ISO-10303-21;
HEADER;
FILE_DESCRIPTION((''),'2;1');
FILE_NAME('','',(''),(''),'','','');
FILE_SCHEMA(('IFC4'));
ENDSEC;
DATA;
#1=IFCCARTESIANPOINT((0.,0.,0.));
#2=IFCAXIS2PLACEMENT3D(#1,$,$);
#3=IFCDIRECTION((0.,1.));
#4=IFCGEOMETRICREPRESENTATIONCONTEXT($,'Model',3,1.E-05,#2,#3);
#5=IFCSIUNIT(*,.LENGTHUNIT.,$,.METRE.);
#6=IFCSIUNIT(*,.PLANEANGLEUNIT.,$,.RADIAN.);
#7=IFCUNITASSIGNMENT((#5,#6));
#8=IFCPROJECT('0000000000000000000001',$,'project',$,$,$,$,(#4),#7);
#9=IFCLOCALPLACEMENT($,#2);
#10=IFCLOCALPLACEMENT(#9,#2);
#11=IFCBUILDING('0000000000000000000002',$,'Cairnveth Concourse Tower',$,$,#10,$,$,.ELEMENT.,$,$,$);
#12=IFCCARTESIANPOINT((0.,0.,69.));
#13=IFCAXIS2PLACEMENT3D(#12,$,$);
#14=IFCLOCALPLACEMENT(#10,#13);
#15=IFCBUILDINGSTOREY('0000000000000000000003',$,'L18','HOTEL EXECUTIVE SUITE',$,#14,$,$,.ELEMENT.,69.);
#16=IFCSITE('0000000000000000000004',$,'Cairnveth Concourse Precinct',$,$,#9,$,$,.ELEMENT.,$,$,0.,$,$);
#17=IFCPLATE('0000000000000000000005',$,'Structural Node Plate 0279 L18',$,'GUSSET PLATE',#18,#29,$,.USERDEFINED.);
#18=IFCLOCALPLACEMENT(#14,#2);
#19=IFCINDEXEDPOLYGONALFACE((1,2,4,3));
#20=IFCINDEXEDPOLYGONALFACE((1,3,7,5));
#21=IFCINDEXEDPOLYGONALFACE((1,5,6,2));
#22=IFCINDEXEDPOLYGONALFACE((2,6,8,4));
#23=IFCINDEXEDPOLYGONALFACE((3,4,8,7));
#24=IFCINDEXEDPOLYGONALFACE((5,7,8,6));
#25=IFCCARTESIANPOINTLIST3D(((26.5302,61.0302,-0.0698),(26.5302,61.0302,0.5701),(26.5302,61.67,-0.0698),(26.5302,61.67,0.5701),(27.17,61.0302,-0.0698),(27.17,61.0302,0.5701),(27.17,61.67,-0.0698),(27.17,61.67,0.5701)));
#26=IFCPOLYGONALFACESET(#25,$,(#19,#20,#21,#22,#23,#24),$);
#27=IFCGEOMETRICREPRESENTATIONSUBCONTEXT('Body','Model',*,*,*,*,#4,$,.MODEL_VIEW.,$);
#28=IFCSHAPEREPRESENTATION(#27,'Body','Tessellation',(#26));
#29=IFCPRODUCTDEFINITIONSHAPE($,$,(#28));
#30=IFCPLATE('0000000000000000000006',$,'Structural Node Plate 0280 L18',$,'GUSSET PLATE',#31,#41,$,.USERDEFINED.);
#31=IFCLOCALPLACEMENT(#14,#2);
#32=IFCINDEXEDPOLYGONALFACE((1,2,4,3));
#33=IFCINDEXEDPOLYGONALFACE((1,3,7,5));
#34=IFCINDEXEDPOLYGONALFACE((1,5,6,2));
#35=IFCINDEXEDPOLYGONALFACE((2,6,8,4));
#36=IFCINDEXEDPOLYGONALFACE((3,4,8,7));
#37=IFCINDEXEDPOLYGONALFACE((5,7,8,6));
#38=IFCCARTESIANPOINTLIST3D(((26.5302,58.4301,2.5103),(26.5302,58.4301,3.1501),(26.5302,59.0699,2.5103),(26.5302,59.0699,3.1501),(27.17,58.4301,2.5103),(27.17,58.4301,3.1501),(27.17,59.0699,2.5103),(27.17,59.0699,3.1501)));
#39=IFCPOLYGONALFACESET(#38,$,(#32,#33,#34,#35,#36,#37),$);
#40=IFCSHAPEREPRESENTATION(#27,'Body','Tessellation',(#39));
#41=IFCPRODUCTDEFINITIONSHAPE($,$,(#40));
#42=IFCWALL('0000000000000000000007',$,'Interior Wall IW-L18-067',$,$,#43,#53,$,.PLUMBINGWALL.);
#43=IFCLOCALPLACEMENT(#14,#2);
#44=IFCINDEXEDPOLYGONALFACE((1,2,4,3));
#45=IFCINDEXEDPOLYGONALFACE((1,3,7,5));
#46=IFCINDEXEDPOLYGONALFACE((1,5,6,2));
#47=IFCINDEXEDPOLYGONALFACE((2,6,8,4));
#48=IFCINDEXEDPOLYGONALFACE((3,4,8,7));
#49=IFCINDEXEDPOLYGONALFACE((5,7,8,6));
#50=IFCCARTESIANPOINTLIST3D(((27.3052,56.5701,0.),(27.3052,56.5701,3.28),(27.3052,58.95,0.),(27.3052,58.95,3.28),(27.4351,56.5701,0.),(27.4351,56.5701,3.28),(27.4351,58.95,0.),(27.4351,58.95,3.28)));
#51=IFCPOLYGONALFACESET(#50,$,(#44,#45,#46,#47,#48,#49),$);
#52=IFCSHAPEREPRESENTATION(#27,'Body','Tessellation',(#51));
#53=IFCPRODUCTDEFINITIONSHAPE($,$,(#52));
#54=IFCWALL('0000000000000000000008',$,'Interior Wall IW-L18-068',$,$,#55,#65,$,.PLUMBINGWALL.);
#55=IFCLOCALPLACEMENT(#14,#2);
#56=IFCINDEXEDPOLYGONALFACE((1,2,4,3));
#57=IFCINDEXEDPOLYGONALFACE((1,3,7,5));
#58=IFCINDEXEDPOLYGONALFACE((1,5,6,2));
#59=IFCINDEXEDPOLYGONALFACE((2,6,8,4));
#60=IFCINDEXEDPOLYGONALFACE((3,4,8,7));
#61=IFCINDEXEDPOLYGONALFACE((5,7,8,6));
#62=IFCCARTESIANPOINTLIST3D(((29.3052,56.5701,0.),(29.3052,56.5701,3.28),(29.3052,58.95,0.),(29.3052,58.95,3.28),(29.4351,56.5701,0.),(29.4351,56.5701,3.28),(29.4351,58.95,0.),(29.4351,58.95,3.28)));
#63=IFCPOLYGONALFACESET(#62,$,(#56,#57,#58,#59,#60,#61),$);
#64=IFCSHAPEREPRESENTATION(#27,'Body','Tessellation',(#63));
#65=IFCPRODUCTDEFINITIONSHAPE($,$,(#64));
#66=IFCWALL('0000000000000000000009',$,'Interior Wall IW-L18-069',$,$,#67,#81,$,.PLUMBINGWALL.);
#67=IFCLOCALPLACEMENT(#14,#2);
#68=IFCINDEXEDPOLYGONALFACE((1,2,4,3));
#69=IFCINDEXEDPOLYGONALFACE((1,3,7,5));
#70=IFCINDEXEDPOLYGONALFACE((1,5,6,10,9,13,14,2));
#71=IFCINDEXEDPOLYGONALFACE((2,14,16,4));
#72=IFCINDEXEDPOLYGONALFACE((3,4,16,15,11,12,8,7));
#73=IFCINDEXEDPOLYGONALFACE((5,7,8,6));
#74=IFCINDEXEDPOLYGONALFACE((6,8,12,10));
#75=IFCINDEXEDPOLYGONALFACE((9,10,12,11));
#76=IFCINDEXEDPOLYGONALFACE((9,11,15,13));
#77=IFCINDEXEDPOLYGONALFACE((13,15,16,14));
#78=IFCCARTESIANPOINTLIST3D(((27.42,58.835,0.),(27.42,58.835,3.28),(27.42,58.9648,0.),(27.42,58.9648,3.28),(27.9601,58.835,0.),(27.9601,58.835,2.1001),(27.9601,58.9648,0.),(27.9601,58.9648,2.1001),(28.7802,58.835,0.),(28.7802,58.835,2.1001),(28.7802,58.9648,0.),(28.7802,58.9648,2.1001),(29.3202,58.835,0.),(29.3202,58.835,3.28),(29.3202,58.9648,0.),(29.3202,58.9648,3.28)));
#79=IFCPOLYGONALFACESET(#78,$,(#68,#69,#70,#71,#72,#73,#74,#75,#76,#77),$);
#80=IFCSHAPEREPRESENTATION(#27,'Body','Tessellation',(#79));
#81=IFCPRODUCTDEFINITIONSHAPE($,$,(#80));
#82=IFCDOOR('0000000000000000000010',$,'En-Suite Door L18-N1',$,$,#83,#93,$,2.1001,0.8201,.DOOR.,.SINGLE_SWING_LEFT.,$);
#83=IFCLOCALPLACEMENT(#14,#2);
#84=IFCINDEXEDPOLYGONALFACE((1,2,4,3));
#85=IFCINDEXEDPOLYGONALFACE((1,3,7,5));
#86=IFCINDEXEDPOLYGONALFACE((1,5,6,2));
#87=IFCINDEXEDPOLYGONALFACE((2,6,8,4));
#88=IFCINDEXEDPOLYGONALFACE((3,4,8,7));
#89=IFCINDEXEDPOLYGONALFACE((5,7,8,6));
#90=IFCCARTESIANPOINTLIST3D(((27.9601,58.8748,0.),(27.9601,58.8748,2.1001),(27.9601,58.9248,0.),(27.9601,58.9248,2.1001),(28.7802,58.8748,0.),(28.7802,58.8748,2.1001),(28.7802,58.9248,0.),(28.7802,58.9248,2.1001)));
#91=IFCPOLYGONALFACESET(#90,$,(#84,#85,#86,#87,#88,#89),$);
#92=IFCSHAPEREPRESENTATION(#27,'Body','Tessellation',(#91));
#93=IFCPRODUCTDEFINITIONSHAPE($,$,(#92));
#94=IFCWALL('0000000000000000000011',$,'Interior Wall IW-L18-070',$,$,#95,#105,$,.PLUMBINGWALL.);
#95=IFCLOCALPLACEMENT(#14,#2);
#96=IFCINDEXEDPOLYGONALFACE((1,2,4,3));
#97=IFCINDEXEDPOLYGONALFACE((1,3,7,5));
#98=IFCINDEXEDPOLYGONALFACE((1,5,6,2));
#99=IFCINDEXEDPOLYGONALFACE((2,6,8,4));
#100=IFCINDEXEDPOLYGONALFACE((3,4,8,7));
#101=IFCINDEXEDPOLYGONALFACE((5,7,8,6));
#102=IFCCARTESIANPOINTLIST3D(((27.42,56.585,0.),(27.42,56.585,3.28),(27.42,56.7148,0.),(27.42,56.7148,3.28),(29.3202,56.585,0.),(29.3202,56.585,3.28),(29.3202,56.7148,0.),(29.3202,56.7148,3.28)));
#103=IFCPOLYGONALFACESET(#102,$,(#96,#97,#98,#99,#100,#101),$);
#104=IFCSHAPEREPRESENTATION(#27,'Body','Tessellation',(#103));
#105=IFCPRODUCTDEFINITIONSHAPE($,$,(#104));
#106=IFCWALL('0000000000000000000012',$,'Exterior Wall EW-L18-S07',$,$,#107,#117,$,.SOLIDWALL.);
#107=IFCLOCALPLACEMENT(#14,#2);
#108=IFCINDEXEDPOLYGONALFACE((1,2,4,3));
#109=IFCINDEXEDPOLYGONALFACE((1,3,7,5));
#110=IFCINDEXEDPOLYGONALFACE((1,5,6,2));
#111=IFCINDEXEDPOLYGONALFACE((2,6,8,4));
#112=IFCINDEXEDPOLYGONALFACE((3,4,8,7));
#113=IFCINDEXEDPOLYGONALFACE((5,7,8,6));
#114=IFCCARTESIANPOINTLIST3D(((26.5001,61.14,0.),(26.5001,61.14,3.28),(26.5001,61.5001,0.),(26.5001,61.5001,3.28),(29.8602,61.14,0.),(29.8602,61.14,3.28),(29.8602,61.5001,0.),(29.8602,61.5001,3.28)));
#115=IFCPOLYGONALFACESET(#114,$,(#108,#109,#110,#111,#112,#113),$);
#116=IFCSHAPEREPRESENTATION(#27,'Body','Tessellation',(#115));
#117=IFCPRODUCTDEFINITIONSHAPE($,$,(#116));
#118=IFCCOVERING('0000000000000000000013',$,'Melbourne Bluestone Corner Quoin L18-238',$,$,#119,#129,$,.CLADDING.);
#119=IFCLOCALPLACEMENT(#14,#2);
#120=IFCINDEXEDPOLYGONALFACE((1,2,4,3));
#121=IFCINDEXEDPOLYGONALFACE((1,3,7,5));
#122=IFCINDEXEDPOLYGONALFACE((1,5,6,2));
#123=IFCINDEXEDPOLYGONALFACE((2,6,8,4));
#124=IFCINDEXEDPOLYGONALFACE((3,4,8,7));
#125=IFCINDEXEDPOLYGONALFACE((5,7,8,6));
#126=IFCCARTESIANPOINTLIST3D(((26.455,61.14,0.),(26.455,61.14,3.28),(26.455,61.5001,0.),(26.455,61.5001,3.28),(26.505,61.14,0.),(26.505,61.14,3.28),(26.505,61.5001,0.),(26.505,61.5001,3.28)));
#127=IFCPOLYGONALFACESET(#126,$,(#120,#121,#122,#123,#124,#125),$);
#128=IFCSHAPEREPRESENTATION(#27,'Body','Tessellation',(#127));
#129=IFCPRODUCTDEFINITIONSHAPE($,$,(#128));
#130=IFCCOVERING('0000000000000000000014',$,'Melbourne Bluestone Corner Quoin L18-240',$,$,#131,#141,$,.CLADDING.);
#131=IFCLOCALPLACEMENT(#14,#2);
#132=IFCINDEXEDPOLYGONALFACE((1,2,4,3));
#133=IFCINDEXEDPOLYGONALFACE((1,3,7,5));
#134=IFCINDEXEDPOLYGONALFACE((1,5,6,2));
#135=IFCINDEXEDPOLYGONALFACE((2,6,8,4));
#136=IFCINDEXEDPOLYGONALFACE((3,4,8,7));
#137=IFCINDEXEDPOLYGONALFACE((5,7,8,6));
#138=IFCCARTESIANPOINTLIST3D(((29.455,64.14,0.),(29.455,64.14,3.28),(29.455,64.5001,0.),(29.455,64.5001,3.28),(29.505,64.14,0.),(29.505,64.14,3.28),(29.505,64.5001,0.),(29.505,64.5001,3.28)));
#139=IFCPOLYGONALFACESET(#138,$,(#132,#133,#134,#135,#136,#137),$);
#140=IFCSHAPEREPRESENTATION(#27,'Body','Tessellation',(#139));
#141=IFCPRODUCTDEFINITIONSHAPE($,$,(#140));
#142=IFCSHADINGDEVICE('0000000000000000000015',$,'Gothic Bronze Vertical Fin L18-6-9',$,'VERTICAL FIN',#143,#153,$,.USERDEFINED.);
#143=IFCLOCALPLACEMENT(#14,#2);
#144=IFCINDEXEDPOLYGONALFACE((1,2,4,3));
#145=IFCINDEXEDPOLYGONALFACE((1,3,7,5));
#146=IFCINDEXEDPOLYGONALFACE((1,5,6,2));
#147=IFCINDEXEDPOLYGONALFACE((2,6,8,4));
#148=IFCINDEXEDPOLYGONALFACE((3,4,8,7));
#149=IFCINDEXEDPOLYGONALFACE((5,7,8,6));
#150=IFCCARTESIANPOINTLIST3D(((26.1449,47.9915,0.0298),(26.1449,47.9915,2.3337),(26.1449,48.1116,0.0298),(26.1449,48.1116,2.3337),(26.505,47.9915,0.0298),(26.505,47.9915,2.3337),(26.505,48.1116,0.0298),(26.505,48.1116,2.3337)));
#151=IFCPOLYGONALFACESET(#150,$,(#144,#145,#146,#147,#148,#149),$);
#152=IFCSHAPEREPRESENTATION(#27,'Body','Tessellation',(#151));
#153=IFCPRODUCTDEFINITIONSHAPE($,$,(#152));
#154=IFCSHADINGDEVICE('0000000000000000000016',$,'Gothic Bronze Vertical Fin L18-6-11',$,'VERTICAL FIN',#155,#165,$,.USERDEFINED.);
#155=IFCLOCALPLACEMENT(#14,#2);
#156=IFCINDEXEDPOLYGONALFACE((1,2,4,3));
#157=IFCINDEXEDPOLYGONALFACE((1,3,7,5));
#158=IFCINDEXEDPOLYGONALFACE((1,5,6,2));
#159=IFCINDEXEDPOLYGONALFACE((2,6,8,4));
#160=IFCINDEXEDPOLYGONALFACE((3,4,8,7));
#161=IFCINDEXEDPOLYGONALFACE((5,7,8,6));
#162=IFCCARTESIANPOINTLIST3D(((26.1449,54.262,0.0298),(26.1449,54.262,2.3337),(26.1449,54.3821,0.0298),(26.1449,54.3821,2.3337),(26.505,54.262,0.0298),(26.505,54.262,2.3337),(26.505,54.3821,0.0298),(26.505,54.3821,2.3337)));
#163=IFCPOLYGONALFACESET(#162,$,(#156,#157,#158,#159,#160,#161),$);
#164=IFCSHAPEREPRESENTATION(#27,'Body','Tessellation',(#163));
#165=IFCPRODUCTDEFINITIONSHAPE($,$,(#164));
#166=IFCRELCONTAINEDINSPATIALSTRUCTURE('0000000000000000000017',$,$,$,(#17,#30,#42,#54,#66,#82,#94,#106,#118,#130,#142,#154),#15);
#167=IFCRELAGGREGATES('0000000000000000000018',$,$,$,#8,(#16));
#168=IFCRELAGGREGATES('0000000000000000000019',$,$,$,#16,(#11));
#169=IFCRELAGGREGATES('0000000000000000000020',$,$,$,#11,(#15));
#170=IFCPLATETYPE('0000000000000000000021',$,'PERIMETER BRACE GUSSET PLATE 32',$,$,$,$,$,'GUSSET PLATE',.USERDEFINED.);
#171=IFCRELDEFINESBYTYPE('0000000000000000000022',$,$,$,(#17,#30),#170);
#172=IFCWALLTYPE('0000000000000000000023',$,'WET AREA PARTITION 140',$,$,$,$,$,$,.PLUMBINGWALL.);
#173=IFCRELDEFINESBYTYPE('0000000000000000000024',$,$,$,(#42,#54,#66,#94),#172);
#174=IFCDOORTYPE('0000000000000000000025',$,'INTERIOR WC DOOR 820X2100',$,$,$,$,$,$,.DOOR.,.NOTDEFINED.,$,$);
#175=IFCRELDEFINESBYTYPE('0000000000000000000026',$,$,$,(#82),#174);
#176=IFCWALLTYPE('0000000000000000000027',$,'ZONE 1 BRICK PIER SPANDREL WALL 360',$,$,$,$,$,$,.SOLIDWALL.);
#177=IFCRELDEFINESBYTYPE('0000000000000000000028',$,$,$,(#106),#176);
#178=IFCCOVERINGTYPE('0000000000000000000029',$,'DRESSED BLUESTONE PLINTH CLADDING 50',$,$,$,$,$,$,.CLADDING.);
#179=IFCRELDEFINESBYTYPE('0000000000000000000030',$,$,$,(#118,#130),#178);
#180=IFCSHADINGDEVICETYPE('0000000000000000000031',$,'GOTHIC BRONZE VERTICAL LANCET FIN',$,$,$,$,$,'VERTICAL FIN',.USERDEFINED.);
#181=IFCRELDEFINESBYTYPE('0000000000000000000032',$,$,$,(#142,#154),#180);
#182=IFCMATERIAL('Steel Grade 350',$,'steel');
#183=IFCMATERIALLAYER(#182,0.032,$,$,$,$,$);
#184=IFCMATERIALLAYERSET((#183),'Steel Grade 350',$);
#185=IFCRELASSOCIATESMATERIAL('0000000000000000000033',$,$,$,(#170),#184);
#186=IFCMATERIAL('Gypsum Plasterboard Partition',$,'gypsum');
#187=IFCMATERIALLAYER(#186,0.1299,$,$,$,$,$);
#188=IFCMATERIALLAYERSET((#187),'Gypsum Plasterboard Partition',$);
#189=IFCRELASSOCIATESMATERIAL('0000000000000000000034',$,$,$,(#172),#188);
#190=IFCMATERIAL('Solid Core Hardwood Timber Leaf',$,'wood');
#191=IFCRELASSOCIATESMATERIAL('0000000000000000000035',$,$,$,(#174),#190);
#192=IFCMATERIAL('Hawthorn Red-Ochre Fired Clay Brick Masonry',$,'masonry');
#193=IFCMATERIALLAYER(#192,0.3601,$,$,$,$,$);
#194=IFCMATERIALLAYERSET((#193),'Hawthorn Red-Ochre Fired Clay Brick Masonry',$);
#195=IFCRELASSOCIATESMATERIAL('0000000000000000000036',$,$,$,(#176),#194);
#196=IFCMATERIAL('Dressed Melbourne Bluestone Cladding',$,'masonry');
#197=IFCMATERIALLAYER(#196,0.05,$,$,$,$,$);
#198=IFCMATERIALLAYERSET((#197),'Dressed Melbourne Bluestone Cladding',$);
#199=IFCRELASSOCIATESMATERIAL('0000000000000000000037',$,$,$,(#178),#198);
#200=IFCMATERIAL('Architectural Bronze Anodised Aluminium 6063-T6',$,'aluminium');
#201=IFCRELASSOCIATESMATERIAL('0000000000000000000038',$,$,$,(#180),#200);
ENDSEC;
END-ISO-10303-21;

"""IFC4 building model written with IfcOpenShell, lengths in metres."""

from ifc_helpers import new_model, si_unit, direction, frame, frame_2d, origin, origin_2d, place, context, subcontext, project, spatial, rectangle, extrude, material, layer, layer_set, type_object, element, fill, save


model = new_model("IFC4")

# Units and contexts
model_context = context("Model", 3, precision=1e-05, world=origin(), true_north=direction((0.0, 1.0)))
body_context = subcontext(model_context, "Body", "Model", "MODEL_VIEW")
ifc_project = project(units=[si_unit("LENGTHUNIT", "METRE"), si_unit("PLANEANGLEUNIT", "RADIAN")], contexts=[model_context])

# Site, building, storey
site_placement = place(None, origin())
site = spatial("IfcSite", under=ifc_project, at=site_placement, Name="Cairnveth Concourse Precinct", CompositionType="ELEMENT", RefElevation=0.0)
building_placement = place(site_placement, origin())
building = spatial("IfcBuilding", under=site, at=building_placement, Name="Cairnveth Concourse Tower", CompositionType="ELEMENT")
storey_placement = place(building_placement, frame((0.0, 0.0, 69.0)))
storey = spatial("IfcBuildingStorey", under=building, at=storey_placement, Name="L18", Description="HOTEL EXECUTIVE SUITE", CompositionType="ELEMENT", Elevation=69.0)

# Shared definitions
ifc_material_1 = material(Name="Steel Grade 350", Category="steel")

# Plates
ifc_layer_1 = layer(ifc_material_1, 0.032)
ifc_layer_set_1 = layer_set([ifc_layer_1], Name="Steel Grade 350")
plate_type = type_object("IfcPlateType", Name="PERIMETER BRACE GUSSET PLATE 32", ElementType="GUSSET PLATE", PredefinedType="USERDEFINED", material=ifc_layer_set_1)
for number, where, z_axis, x_axis, name in (
    (1, (26.8501, 61.3501, -0.0698), (0.0, 0.0, 1.0), (1.0, 0.0, 0.0), "Structural Node Plate 0279 L18"),
    (2, (26.8501, 58.75, 2.5103), (0.0, 0.0, 1.0), (1.0, 0.0, 0.0), "Structural Node Plate 0280 L18"),
):
    element("IfcPlate", number, at=place(storey_placement, frame(where, z_axis=z_axis, x_axis=x_axis)), inside=storey, type_object=plate_type, Name=name, ObjectType="GUSSET PLATE", PredefinedType="USERDEFINED", context=body_context, shape_type="SweptSolid", body=[
        extrude(rectangle(XDim=0.6399, YDim=0.6399, at=origin_2d()), origin(), (0.0, 0.0, 1.0), 0.6399),
    ])

# Walls
ifc_material_2 = material(Name="Gypsum Plasterboard Partition", Category="gypsum")
ifc_layer_2 = layer(ifc_material_2, 0.1299)
ifc_layer_set_2 = layer_set([ifc_layer_2], Name="Gypsum Plasterboard Partition")
wall_type_1 = type_object("IfcWallType", Name="WET AREA PARTITION 140", PredefinedType="PLUMBINGWALL", material=ifc_layer_set_2)
for number, where, z_axis, x_axis, name in (
    (3, (27.3701, 56.5701, 0.0), (0.0, 0.0, 1.0), (0.0, 1.0, 0.0), "Interior Wall IW-L18-067"),
    (4, (29.3701, 56.5701, 0.0), (0.0, 0.0, 1.0), (0.0, 1.0, 0.0), "Interior Wall IW-L18-068"),
):
    element("IfcWall", number, at=place(storey_placement, frame(where, z_axis=z_axis, x_axis=x_axis)), inside=storey, type_object=wall_type_1, Name=name, PredefinedType="PLUMBINGWALL", context=body_context, shape_type="SweptSolid", body=[
        extrude(rectangle(XDim=2.3799, YDim=0.1299, at=frame_2d((1.1899, 0.0))), origin(), (0.0, 0.0, 1.0), 3.28),
    ])

# Wall, opening, door
wall_1_placement = place(storey_placement, frame((27.4199, 58.8999, 0.0), z_axis=(0.0, 0.0, 1.0), x_axis=(1.0, 0.0, 0.0)))
wall_1 = element("IfcWall", 5, at=wall_1_placement, inside=storey, type_object=wall_type_1, Name="Interior Wall IW-L18-069", PredefinedType="PLUMBINGWALL", context=body_context, shape_type="SweptSolid", body=[
    extrude(rectangle(XDim=1.9001, YDim=0.1299, at=frame_2d((0.9502, 0.0))), origin(), (0.0, 0.0, 1.0), 3.28),
])
opening_placement = place(wall_1_placement, frame((0.54, 0.0, 0.0)))
opening = element("IfcOpeningElement", 6, at=opening_placement, cuts=wall_1, PredefinedType="OPENING", context=body_context, shape_type="SweptSolid", body=[
    extrude(rectangle(XDim=0.8201, YDim=2.1001, at=frame_2d((0.4102, 1.05))), frame((0.0, 0.075, 0.0), z_axis=(0.0, -1.0, 0.0), x_axis=(1.0, 0.0, 0.0)), (0.0, 0.0, 1.0), 0.1499),
])
ifc_material_3 = material(Name="Solid Core Hardwood Timber Leaf", Category="wood")
door_type = type_object("IfcDoorType", Name="INTERIOR WC DOOR 820X2100", OperationType="NOTDEFINED", PredefinedType="DOOR", material=ifc_material_3)
door_placement = place(opening_placement, origin())
door = element("IfcDoor", 7, at=door_placement, inside=storey, type_object=door_type, Name="En-Suite Door L18-N1", OperationType="SINGLE_SWING_LEFT", OverallHeight=2.1001, OverallWidth=0.8201, PredefinedType="DOOR", context=body_context, shape_type="SweptSolid", body=[
    extrude(rectangle(XDim=0.8201, YDim=2.1001, at=frame_2d((0.4102, 1.05))), frame((0.0, 0.0249, 0.0), z_axis=(0.0, -1.0, 0.0), x_axis=(1.0, 0.0, 0.0)), (0.0, 0.0, 1.0), 0.05),
])
fill(opening, door)

# Walls
wall_2_placement = place(storey_placement, frame((27.4199, 56.6499, 0.0), z_axis=(0.0, 0.0, 1.0), x_axis=(1.0, 0.0, 0.0)))
element("IfcWall", 8, at=wall_2_placement, inside=storey, type_object=wall_type_1, Name="Interior Wall IW-L18-070", PredefinedType="PLUMBINGWALL", context=body_context, shape_type="SweptSolid", body=[
    extrude(rectangle(XDim=1.9001, YDim=0.1299, at=frame_2d((0.9502, 0.0))), origin(), (0.0, 0.0, 1.0), 3.28),
])
ifc_material_4 = material(Name="Hawthorn Red-Ochre Fired Clay Brick Masonry", Category="masonry")
ifc_layer_3 = layer(ifc_material_4, 0.3601)
ifc_layer_set_3 = layer_set([ifc_layer_3], Name="Hawthorn Red-Ochre Fired Clay Brick Masonry")
wall_type_2 = type_object("IfcWallType", Name="ZONE 1 BRICK PIER SPANDREL WALL 360", PredefinedType="SOLIDWALL", material=ifc_layer_set_3)
wall_3_placement = place(storey_placement, frame((26.5, 61.3201, 0.0), z_axis=(0.0, 0.0, 1.0), x_axis=(1.0, 0.0, 0.0)))
element("IfcWall", 9, at=wall_3_placement, inside=storey, type_object=wall_type_2, Name="Exterior Wall EW-L18-S07", PredefinedType="SOLIDWALL", context=body_context, shape_type="SweptSolid", body=[
    extrude(rectangle(XDim=3.3601, YDim=0.3601, at=frame_2d((1.6802, 0.0))), origin(), (0.0, 0.0, 1.0), 3.28),
])

# Coverings
ifc_material_5 = material(Name="Dressed Melbourne Bluestone Cladding", Category="masonry")
ifc_layer_4 = layer(ifc_material_5, 0.05)
ifc_layer_set_4 = layer_set([ifc_layer_4], Name="Dressed Melbourne Bluestone Cladding")
covering_type = type_object("IfcCoveringType", Name="DRESSED BLUESTONE PLINTH CLADDING 50", PredefinedType="CLADDING", material=ifc_layer_set_4)
for number, where, z_axis, x_axis, name in (
    (10, (26.48, 61.1399, 0.0), (0.0, 0.0, 1.0), (0.0, 1.0, 0.0), "Melbourne Bluestone Corner Quoin L18-238"),
    (11, (29.48, 64.1399, 0.0), (0.0, 0.0, 1.0), (0.0, 1.0, 0.0), "Melbourne Bluestone Corner Quoin L18-240"),
):
    element("IfcCovering", number, at=place(storey_placement, frame(where, z_axis=z_axis, x_axis=x_axis)), inside=storey, type_object=covering_type, Name=name, PredefinedType="CLADDING", context=body_context, shape_type="SweptSolid", body=[
        extrude(rectangle(XDim=0.3601, YDim=0.05, at=frame_2d((0.1802, 0.0))), origin(), (0.0, 0.0, 1.0), 3.28),
    ])

# Shading devices
ifc_material_6 = material(Name="Architectural Bronze Anodised Aluminium 6063-T6", Category="aluminium")
shading_device_type = type_object("IfcShadingDeviceType", Name="GOTHIC BRONZE VERTICAL LANCET FIN", ElementType="VERTICAL FIN", PredefinedType="USERDEFINED", material=ifc_material_6)
for number, where, z_axis, x_axis, name in (
    (12, (26.325, 48.0515, 0.0298), (0.0, 0.0, 1.0), (0.0, 1.0, 0.0), "Gothic Bronze Vertical Fin L18-6-9"),
    (13, (26.325, 54.322, 0.0298), (0.0, 0.0, 1.0), (0.0, 1.0, 0.0), "Gothic Bronze Vertical Fin L18-6-11"),
):
    element("IfcShadingDevice", number, at=place(storey_placement, frame(where, z_axis=z_axis, x_axis=x_axis)), inside=storey, type_object=shading_device_type, Name=name, ObjectType="VERTICAL FIN", PredefinedType="USERDEFINED", context=body_context, shape_type="SweptSolid", body=[
        extrude(rectangle(XDim=0.1201, YDim=0.3601, at=origin_2d()), origin(), (0.0, 0.0, 1.0), 2.304),
    ])

save(model, "model.ifc")
